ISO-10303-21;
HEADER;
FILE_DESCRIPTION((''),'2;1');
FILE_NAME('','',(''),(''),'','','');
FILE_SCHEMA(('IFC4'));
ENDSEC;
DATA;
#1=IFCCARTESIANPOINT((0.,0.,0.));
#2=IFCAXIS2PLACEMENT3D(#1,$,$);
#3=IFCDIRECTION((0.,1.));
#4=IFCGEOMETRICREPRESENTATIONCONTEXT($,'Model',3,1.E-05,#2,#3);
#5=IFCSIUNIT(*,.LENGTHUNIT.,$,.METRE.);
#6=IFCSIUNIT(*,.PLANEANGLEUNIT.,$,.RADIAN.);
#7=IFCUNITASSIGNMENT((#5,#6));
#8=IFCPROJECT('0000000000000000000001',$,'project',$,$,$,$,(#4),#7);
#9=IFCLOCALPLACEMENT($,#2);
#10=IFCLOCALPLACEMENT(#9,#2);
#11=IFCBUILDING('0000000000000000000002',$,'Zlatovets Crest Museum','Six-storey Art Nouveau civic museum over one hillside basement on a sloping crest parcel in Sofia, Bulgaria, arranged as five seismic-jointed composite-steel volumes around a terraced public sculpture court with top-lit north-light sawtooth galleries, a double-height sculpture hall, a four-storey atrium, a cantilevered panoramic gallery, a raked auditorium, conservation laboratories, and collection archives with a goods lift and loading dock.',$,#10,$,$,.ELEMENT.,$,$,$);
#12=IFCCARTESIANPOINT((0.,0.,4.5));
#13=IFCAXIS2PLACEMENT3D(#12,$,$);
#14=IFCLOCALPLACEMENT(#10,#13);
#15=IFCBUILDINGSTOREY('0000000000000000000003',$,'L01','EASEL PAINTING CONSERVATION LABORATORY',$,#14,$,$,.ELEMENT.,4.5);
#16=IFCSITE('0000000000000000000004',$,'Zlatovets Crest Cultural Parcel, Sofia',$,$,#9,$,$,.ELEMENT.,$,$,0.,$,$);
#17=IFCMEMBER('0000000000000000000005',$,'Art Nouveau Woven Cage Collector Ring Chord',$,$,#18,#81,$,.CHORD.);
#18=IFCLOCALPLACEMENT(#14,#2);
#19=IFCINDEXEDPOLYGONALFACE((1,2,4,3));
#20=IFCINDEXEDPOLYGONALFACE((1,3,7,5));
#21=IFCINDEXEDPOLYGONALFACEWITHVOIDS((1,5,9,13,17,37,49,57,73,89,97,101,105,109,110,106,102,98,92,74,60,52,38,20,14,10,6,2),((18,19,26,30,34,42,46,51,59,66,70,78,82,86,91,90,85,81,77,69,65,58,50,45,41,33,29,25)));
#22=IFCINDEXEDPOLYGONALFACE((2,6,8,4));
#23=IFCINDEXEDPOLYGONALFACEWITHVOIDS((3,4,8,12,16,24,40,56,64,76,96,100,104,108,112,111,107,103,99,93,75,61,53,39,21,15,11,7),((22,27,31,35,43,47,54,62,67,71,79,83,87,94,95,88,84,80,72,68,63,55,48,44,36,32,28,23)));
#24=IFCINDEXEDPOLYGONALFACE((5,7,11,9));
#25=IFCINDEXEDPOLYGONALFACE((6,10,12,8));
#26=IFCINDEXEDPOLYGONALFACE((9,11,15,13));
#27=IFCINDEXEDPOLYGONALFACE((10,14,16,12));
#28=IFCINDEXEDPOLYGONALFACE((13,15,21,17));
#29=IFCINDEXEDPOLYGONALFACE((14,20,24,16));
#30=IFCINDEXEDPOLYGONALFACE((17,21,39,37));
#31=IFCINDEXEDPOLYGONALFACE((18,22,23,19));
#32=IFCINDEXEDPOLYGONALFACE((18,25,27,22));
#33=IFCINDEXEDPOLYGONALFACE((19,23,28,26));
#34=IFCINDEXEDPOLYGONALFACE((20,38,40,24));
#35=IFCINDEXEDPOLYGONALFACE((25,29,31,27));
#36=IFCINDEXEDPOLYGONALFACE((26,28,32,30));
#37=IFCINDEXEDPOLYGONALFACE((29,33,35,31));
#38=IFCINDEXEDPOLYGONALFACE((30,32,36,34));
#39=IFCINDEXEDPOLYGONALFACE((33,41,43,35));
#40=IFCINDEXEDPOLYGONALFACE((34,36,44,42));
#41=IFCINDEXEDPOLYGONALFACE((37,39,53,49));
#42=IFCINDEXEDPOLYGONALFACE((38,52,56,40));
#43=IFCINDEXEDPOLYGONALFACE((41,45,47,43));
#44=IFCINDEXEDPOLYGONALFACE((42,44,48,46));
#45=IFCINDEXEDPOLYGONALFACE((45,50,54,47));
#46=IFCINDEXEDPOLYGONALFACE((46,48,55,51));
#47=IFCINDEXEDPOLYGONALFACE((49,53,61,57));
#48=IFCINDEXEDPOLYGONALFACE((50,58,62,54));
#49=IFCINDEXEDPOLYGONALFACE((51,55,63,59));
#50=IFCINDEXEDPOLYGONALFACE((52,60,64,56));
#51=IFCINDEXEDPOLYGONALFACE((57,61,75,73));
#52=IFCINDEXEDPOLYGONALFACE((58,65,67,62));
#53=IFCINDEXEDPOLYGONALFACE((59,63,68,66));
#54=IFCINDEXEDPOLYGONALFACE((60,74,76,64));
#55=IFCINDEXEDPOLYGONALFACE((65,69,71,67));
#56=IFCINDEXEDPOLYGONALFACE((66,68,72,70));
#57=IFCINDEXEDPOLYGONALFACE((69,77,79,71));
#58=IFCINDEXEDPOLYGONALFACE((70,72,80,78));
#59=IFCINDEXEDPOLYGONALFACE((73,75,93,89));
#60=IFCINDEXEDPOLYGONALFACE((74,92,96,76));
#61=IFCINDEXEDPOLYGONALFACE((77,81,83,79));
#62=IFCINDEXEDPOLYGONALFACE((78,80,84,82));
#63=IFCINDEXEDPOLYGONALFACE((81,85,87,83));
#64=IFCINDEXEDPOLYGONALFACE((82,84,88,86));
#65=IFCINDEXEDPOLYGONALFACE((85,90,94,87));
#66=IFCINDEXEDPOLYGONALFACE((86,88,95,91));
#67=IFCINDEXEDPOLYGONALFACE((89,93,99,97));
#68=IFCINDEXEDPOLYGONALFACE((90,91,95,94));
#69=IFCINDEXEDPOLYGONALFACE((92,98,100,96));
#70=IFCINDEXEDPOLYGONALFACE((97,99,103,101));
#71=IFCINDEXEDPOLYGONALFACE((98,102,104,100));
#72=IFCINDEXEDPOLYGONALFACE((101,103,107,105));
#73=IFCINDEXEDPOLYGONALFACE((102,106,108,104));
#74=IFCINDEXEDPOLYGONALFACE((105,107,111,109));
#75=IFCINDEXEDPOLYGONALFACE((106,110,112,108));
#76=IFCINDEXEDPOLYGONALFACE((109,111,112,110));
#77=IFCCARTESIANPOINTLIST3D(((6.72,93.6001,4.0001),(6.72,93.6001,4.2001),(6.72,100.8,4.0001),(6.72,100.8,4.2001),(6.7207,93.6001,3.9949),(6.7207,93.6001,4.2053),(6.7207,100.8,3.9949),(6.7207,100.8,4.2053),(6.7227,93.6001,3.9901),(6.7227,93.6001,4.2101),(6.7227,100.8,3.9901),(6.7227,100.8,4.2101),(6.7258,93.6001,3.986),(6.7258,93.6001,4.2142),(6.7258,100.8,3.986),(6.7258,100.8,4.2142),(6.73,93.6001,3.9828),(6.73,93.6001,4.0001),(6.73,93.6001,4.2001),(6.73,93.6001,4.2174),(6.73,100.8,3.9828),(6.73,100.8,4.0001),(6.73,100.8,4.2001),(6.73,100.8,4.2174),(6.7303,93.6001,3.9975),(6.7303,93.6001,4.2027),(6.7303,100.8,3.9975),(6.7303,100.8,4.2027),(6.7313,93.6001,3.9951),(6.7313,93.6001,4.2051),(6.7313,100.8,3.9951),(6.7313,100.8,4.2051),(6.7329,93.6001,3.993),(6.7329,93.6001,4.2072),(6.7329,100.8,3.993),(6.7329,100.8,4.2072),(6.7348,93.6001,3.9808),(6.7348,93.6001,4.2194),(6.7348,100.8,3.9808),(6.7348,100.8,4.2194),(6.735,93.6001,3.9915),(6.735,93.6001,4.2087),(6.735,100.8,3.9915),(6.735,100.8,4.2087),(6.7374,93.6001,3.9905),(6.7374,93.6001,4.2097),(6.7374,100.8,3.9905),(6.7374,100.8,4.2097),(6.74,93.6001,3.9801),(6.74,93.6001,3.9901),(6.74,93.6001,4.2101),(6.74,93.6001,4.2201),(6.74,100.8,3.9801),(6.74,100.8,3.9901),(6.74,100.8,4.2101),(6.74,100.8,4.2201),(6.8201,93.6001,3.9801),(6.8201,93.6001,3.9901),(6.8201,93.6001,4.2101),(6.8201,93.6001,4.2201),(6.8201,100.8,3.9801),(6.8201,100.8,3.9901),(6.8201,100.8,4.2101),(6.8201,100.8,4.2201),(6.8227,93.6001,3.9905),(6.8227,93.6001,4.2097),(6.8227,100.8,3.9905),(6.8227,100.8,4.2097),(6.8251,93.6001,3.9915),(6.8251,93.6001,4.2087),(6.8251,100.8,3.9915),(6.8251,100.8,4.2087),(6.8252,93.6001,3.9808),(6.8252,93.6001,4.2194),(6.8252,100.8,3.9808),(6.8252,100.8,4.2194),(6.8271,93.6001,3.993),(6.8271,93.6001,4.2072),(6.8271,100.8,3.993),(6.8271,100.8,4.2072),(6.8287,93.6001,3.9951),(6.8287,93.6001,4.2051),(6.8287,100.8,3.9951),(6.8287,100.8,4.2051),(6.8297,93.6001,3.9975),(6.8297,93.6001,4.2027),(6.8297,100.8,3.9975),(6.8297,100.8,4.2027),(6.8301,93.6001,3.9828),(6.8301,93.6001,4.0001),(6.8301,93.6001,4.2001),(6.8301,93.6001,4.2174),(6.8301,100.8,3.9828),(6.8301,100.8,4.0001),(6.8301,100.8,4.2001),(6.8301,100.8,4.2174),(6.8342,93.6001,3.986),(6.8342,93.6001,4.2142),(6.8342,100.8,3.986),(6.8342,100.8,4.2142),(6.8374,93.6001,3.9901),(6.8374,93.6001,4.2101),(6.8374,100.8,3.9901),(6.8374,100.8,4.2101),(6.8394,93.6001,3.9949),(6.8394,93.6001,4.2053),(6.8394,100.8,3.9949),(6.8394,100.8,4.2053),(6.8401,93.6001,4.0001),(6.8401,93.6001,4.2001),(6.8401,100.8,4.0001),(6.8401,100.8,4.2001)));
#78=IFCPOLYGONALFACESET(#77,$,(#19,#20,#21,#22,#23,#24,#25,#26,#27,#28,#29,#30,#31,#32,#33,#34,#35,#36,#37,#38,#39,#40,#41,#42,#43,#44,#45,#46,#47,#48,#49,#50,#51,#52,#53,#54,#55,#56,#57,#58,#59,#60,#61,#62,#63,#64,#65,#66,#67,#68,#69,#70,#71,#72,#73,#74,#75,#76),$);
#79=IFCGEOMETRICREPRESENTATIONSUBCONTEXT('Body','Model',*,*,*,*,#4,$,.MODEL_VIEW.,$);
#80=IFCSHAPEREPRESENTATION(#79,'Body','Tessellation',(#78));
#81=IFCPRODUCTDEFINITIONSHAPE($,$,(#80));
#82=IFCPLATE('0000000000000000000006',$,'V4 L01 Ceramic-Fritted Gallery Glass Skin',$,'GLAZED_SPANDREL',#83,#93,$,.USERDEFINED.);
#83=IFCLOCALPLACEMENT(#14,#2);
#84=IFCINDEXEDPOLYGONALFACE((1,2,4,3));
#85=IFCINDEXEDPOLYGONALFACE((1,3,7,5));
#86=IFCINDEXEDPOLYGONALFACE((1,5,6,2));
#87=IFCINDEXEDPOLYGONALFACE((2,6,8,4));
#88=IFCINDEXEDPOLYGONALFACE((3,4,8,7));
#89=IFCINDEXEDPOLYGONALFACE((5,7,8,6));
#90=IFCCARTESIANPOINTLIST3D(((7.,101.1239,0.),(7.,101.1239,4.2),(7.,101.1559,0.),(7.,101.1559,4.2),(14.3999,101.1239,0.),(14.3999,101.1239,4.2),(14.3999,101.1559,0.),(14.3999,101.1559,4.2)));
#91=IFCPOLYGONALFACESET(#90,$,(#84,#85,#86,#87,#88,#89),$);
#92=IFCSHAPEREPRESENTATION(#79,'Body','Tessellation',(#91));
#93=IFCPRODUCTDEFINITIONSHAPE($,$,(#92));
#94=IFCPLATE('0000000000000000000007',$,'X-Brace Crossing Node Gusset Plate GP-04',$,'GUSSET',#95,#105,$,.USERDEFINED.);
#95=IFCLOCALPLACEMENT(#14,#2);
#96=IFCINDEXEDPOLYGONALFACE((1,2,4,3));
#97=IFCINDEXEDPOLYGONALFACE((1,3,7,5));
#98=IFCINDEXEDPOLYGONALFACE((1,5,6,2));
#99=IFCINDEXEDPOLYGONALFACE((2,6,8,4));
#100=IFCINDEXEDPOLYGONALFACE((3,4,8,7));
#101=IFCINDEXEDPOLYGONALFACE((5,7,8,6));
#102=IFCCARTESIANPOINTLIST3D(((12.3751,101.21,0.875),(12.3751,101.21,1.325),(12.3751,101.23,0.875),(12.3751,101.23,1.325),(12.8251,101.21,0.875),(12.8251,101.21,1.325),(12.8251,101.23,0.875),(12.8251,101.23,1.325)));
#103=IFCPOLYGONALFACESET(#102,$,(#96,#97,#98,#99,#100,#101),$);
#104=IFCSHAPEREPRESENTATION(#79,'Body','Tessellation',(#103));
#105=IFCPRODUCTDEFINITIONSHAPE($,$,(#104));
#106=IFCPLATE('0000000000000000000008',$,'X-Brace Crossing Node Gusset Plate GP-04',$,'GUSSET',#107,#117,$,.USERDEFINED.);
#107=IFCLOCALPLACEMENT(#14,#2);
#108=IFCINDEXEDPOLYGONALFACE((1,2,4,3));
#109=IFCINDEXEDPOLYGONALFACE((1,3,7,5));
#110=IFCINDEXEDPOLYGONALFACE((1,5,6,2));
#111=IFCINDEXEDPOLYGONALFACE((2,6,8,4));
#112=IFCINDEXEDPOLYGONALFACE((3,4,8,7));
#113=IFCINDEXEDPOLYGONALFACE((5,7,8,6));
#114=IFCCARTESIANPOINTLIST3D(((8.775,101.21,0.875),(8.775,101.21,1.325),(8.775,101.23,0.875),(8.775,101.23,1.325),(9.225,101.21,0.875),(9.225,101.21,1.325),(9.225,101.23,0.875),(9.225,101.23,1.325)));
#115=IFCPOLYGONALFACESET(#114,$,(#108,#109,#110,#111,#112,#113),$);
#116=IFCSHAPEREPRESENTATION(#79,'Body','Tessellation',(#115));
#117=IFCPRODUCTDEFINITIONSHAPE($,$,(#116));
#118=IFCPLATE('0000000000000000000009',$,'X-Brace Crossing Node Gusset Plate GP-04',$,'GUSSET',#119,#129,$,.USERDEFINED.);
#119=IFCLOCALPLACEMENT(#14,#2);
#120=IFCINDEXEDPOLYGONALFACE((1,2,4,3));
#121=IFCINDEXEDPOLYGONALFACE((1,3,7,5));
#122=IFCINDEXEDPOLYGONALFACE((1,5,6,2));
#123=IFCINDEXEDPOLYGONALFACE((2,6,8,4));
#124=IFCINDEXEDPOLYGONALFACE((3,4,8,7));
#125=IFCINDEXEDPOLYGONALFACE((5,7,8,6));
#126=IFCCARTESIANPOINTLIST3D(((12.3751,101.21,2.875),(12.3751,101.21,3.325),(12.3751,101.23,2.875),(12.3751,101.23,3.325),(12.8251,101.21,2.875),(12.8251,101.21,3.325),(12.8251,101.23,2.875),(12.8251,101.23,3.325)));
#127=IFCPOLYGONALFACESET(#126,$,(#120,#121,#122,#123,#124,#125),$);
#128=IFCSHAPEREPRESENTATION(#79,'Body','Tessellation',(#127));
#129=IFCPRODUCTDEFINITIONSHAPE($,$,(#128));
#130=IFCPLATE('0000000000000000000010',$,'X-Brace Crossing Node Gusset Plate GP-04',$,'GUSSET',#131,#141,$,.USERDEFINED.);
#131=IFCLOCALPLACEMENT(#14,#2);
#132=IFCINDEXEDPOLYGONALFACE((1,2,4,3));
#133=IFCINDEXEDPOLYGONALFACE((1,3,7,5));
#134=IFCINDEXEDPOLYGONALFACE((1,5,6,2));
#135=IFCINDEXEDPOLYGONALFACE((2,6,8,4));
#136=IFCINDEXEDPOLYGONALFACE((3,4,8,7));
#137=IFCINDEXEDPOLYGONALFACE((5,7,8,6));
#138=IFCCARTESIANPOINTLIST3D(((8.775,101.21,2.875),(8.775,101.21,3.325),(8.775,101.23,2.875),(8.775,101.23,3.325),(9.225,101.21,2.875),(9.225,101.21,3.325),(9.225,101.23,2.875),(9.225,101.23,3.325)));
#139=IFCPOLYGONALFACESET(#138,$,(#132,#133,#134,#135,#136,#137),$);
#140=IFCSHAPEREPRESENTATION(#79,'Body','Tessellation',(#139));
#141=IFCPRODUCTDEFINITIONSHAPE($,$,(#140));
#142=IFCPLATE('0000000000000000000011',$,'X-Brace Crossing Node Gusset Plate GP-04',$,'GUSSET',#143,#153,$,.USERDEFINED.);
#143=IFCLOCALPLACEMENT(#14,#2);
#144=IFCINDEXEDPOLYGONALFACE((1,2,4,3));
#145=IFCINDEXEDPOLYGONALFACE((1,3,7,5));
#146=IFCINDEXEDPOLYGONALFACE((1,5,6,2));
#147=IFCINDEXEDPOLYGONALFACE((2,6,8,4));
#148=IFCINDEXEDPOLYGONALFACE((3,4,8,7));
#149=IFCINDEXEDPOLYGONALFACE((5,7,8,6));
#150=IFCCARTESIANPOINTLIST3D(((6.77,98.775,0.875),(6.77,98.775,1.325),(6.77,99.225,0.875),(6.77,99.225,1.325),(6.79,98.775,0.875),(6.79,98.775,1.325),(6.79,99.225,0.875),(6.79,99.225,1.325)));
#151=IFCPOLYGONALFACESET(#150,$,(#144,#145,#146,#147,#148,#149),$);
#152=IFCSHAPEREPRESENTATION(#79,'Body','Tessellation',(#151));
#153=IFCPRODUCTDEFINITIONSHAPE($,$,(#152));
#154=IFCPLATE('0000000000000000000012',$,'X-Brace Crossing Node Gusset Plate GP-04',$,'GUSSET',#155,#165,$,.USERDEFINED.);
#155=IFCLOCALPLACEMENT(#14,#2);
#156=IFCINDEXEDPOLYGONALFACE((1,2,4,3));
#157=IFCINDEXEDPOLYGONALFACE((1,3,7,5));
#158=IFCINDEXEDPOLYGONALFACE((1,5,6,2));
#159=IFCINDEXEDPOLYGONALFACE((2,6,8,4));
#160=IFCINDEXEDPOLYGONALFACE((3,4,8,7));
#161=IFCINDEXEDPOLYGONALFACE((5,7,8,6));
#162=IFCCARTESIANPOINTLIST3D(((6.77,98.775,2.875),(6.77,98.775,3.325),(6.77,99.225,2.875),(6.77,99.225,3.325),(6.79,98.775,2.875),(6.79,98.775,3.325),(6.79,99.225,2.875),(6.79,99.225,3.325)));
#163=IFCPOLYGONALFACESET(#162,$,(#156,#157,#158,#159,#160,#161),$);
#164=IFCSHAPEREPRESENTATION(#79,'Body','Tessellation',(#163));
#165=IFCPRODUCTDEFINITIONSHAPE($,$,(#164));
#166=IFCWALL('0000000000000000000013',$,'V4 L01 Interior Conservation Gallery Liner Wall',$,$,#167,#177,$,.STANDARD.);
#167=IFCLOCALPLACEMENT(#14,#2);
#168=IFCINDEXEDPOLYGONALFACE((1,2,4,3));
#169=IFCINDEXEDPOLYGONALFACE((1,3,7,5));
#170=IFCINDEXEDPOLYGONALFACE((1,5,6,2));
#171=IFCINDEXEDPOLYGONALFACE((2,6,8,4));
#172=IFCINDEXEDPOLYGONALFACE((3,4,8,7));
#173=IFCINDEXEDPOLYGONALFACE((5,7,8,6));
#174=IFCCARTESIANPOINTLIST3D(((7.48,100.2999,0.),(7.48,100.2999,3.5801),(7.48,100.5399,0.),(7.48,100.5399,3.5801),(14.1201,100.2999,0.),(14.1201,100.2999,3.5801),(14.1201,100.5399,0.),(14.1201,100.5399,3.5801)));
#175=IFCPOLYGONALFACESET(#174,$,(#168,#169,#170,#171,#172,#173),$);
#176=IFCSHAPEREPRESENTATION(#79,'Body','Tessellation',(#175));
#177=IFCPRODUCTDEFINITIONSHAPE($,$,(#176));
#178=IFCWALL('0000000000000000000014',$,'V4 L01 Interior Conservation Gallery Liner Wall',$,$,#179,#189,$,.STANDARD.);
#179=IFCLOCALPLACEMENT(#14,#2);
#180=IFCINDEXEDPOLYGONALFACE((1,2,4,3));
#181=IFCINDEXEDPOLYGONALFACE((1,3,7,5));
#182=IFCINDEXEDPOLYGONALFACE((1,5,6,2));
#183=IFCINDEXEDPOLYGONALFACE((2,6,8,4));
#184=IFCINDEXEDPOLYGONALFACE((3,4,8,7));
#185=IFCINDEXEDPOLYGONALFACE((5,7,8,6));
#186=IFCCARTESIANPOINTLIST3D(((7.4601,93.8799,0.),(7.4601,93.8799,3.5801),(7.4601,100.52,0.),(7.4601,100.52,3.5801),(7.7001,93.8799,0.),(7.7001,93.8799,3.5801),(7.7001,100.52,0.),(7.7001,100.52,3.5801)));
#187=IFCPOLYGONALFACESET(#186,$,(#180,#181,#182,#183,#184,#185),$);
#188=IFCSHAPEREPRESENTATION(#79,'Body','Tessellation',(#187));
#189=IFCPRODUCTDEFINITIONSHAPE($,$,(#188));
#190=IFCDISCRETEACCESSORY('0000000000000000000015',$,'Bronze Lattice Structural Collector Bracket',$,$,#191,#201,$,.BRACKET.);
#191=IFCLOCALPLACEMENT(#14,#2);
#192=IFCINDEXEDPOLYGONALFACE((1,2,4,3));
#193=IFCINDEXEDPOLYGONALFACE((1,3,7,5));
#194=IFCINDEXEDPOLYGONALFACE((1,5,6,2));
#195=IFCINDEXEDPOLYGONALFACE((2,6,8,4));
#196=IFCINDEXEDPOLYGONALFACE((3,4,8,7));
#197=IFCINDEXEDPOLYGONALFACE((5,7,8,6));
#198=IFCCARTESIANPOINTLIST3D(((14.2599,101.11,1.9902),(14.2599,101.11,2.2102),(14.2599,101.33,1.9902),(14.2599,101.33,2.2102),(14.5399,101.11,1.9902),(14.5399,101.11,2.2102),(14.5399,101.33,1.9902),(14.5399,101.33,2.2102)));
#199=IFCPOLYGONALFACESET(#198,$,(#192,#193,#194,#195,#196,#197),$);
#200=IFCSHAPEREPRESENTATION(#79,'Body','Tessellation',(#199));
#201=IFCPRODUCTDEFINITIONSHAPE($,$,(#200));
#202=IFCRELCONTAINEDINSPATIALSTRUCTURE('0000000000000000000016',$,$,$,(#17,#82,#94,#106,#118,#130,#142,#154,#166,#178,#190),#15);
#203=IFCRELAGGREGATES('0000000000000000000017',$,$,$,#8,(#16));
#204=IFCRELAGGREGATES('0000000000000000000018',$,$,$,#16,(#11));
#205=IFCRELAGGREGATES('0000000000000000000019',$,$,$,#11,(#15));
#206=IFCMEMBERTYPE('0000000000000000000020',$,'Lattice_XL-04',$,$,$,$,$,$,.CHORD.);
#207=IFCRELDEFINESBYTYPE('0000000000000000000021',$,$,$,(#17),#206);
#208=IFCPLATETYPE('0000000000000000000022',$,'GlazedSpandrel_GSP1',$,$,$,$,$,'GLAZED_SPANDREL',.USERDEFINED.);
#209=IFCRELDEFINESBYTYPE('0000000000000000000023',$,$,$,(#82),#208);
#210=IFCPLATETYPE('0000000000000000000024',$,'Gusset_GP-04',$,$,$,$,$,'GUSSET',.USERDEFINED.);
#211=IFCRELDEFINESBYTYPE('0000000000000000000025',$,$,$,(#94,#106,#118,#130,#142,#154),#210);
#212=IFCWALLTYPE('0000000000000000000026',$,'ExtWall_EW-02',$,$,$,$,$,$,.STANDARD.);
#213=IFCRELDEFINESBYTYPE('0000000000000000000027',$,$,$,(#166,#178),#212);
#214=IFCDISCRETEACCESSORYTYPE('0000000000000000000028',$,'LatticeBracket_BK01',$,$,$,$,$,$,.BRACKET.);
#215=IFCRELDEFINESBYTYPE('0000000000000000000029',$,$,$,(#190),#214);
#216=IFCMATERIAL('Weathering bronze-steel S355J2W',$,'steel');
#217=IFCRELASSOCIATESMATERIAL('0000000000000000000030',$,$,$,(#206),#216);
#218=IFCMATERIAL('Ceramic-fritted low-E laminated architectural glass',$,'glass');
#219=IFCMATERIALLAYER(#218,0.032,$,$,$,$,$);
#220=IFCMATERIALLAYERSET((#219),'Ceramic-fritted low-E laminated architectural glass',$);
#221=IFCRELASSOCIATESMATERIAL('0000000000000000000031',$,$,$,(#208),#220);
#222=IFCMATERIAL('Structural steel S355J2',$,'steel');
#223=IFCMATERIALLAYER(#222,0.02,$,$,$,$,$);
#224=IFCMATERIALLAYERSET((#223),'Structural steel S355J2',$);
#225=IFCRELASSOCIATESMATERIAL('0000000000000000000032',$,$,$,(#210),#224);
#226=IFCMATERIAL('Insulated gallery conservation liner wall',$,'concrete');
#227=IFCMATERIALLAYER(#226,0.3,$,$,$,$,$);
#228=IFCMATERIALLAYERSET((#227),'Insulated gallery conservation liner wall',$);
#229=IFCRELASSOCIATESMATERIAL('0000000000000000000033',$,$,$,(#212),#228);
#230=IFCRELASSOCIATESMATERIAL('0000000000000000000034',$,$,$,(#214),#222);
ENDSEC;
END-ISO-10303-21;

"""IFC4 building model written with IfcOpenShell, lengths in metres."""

from ifc_helpers import new_model, si_unit, direction, frame, frame_2d, origin, origin_2d, place, context, subcontext, project, spatial, rectangle, hollow_rectangle, extrude, material, layer, layer_set, material_profile, profile_set, type_object, element, save


model = new_model("IFC4")

# Units and contexts
model_context = context("Model", 3, precision=1e-05, world=origin(), true_north=direction((0.0, 1.0)))
body_context = subcontext(model_context, "Body", "Model", "MODEL_VIEW")
ifc_project = project(units=[si_unit("LENGTHUNIT", "METRE"), si_unit("PLANEANGLEUNIT", "RADIAN")], contexts=[model_context])

# Site, building, storey
site_placement = place(None, origin())
site = spatial("IfcSite", under=ifc_project, at=site_placement, Name="Zlatovets Crest Cultural Parcel, Sofia", CompositionType="ELEMENT", RefElevation=0.0)
building_placement = place(site_placement, origin())
building = spatial("IfcBuilding", under=site, at=building_placement, Name="Zlatovets Crest Museum", Description="Six-storey Art Nouveau civic museum over one hillside basement on a sloping crest parcel in Sofia, Bulgaria, arranged as five seismic-jointed composite-steel volumes around a terraced public sculpture court with top-lit north-light sawtooth galleries, a double-height sculpture hall, a four-storey atrium, a cantilevered panoramic gallery, a raked auditorium, conservation laboratories, and collection archives with a goods lift and loading dock.", CompositionType="ELEMENT")
storey_placement = place(building_placement, frame((0.0, 0.0, 4.5)))
storey = spatial("IfcBuildingStorey", under=building, at=storey_placement, Name="L01", Description="EASEL PAINTING CONSERVATION LABORATORY", CompositionType="ELEMENT", Elevation=4.5)

# Shared definitions
ifc_material_1 = material(Name="Structural steel S355J2", Category="steel")

# Member
ifc_material_2 = material(Name="Weathering bronze-steel S355J2W", Category="steel")
ifc_material_profile_1 = material_profile(ifc_material_2, hollow_rectangle(XDim=0.1201, YDim=0.24, WallThickness=0.01, InnerFilletRadius=0.01, OuterFilletRadius=0.02, at=origin_2d()), Name="RHS 120x240x10.0")
ifc_profile_set_1 = profile_set([ifc_material_profile_1], Name="Weathering bronze-steel S355J2W")
member_type_1 = type_object("IfcMemberType", Name="Lattice_XL-04", PredefinedType="CHORD", material=ifc_profile_set_1)
for number, where, z_axis, x_axis, name in (
    (1, (6.78, 100.8, 4.1001), (0.0, -1.0, 0.0), (1.0, 0.0, 0.0), "Art Nouveau Woven Cage Collector Ring Chord"),
):
    element("IfcMember", number, at=place(storey_placement, frame(where, z_axis=z_axis, x_axis=x_axis)), inside=storey, type_object=member_type_1, Name=name, PredefinedType="CHORD", context=body_context, shape_type="SweptSolid", body=[
        extrude(hollow_rectangle(XDim=0.1201, YDim=0.24, WallThickness=0.01, InnerFilletRadius=0.01, OuterFilletRadius=0.02, at=origin_2d()), origin(), (0.0, 0.0, 1.0), 7.2),
    ])

# Plates
ifc_material_3 = material(Name="Ceramic-fritted low-E laminated architectural glass", Category="glass")
ifc_layer_1 = layer(ifc_material_3, 0.032)
ifc_layer_set_1 = layer_set([ifc_layer_1], Name="Ceramic-fritted low-E laminated architectural glass")
plate_type_1 = type_object("IfcPlateType", Name="GlazedSpandrel_GSP1", ElementType="GLAZED_SPANDREL", PredefinedType="USERDEFINED", material=ifc_layer_set_1)
plate_placement = place(storey_placement, frame((10.7, 101.1399, 0.0), z_axis=(0.0, 0.0, 1.0), x_axis=(1.0, 0.0, 0.0)))
element("IfcPlate", 2, at=plate_placement, inside=storey, type_object=plate_type_1, Name="V4 L01 Ceramic-Fritted Gallery Glass Skin", ObjectType="GLAZED_SPANDREL", PredefinedType="USERDEFINED", context=body_context, shape_type="SweptSolid", body=[
    extrude(rectangle(XDim=7.3999, YDim=0.032, at=origin_2d()), origin(), (0.0, 0.0, 1.0), 4.2),
])
ifc_layer_2 = layer(ifc_material_1, 0.02)
ifc_layer_set_2 = layer_set([ifc_layer_2], Name="Structural steel S355J2")
plate_type_2 = type_object("IfcPlateType", Name="Gusset_GP-04", ElementType="GUSSET", PredefinedType="USERDEFINED", material=ifc_layer_set_2)
for number, where, z_axis, x_axis, name in (
    (3, (12.6001, 101.22, 0.875), (0.0, 0.0, 1.0), (1.0, 0.0, 0.0), "X-Brace Crossing Node Gusset Plate GP-04"),
    (4, (9.0, 101.22, 0.875), (0.0, 0.0, 1.0), (1.0, 0.0, 0.0), "X-Brace Crossing Node Gusset Plate GP-04"),
    (5, (12.6001, 101.22, 2.875), (0.0, 0.0, 1.0), (1.0, 0.0, 0.0), "X-Brace Crossing Node Gusset Plate GP-04"),
    (6, (9.0, 101.22, 2.875), (0.0, 0.0, 1.0), (1.0, 0.0, 0.0), "X-Brace Crossing Node Gusset Plate GP-04"),
):
    element("IfcPlate", number, at=place(storey_placement, frame(where, z_axis=z_axis, x_axis=x_axis)), inside=storey, type_object=plate_type_2, Name=name, ObjectType="GUSSET", PredefinedType="USERDEFINED", context=body_context, shape_type="SweptSolid", body=[
        extrude(rectangle(XDim=0.45, YDim=0.02, at=origin_2d()), origin(), (0.0, 0.0, 1.0), 0.45),
    ])
for number, where, z_axis, x_axis, name in (
    (7, (6.78, 99.0, 0.875), (0.0, 0.0, 1.0), (1.0, 0.0, 0.0), "X-Brace Crossing Node Gusset Plate GP-04"),
    (8, (6.78, 99.0, 2.875), (0.0, 0.0, 1.0), (1.0, 0.0, 0.0), "X-Brace Crossing Node Gusset Plate GP-04"),
):
    element("IfcPlate", number, at=place(storey_placement, frame(where, z_axis=z_axis, x_axis=x_axis)), inside=storey, type_object=plate_type_2, Name=name, ObjectType="GUSSET", PredefinedType="USERDEFINED", context=body_context, shape_type="SweptSolid", body=[
        extrude(rectangle(XDim=0.02, YDim=0.45, at=origin_2d()), origin(), (0.0, 0.0, 1.0), 0.45),
    ])

# Walls
ifc_material_4 = material(Name="Insulated gallery conservation liner wall", Category="concrete")
ifc_layer_3 = layer(ifc_material_4, 0.3)
ifc_layer_set_3 = layer_set([ifc_layer_3], Name="Insulated gallery conservation liner wall")
wall_type = type_object("IfcWallType", Name="ExtWall_EW-02", PredefinedType="STANDARD", material=ifc_layer_set_3)
for number, where, z_axis, x_axis, name in (
    (9, (14.1201, 100.4199, 0.0), (0.0, 0.0, 1.0), (-1.0, 0.0, 0.0), "V4 L01 Interior Conservation Gallery Liner Wall"),
    (10, (7.5801, 100.52, 0.0), (0.0, 0.0, 1.0), (0.0, -1.0, 0.0), "V4 L01 Interior Conservation Gallery Liner Wall"),
):
    element("IfcWall", number, at=place(storey_placement, frame(where, z_axis=z_axis, x_axis=x_axis)), inside=storey, type_object=wall_type, Name=name, PredefinedType="STANDARD", context=body_context, shape_type="SweptSolid", body=[
        extrude(rectangle(XDim=6.6401, YDim=0.24, at=frame_2d((3.3201, 0.0))), origin(), (0.0, 0.0, 1.0), 3.5801),
    ])

# Discrete accessory
discrete_accessory_type = type_object("IfcDiscreteAccessoryType", Name="LatticeBracket_BK01", PredefinedType="BRACKET", material=ifc_material_1)
for number, where, z_axis, x_axis, name in (
    (11, (14.3999, 101.22, 1.9902), (0.0, 0.0, 1.0), (1.0, 0.0, 0.0), "Bronze Lattice Structural Collector Bracket"),
):
    element("IfcDiscreteAccessory", number, at=place(storey_placement, frame(where, z_axis=z_axis, x_axis=x_axis)), inside=storey, type_object=discrete_accessory_type, Name=name, PredefinedType="BRACKET", context=body_context, shape_type="SweptSolid", body=[
        extrude(rectangle(XDim=0.28, YDim=0.22, at=origin_2d()), origin(), (0.0, 0.0, 1.0), 0.22),
    ])

save(model, "model.ifc")
